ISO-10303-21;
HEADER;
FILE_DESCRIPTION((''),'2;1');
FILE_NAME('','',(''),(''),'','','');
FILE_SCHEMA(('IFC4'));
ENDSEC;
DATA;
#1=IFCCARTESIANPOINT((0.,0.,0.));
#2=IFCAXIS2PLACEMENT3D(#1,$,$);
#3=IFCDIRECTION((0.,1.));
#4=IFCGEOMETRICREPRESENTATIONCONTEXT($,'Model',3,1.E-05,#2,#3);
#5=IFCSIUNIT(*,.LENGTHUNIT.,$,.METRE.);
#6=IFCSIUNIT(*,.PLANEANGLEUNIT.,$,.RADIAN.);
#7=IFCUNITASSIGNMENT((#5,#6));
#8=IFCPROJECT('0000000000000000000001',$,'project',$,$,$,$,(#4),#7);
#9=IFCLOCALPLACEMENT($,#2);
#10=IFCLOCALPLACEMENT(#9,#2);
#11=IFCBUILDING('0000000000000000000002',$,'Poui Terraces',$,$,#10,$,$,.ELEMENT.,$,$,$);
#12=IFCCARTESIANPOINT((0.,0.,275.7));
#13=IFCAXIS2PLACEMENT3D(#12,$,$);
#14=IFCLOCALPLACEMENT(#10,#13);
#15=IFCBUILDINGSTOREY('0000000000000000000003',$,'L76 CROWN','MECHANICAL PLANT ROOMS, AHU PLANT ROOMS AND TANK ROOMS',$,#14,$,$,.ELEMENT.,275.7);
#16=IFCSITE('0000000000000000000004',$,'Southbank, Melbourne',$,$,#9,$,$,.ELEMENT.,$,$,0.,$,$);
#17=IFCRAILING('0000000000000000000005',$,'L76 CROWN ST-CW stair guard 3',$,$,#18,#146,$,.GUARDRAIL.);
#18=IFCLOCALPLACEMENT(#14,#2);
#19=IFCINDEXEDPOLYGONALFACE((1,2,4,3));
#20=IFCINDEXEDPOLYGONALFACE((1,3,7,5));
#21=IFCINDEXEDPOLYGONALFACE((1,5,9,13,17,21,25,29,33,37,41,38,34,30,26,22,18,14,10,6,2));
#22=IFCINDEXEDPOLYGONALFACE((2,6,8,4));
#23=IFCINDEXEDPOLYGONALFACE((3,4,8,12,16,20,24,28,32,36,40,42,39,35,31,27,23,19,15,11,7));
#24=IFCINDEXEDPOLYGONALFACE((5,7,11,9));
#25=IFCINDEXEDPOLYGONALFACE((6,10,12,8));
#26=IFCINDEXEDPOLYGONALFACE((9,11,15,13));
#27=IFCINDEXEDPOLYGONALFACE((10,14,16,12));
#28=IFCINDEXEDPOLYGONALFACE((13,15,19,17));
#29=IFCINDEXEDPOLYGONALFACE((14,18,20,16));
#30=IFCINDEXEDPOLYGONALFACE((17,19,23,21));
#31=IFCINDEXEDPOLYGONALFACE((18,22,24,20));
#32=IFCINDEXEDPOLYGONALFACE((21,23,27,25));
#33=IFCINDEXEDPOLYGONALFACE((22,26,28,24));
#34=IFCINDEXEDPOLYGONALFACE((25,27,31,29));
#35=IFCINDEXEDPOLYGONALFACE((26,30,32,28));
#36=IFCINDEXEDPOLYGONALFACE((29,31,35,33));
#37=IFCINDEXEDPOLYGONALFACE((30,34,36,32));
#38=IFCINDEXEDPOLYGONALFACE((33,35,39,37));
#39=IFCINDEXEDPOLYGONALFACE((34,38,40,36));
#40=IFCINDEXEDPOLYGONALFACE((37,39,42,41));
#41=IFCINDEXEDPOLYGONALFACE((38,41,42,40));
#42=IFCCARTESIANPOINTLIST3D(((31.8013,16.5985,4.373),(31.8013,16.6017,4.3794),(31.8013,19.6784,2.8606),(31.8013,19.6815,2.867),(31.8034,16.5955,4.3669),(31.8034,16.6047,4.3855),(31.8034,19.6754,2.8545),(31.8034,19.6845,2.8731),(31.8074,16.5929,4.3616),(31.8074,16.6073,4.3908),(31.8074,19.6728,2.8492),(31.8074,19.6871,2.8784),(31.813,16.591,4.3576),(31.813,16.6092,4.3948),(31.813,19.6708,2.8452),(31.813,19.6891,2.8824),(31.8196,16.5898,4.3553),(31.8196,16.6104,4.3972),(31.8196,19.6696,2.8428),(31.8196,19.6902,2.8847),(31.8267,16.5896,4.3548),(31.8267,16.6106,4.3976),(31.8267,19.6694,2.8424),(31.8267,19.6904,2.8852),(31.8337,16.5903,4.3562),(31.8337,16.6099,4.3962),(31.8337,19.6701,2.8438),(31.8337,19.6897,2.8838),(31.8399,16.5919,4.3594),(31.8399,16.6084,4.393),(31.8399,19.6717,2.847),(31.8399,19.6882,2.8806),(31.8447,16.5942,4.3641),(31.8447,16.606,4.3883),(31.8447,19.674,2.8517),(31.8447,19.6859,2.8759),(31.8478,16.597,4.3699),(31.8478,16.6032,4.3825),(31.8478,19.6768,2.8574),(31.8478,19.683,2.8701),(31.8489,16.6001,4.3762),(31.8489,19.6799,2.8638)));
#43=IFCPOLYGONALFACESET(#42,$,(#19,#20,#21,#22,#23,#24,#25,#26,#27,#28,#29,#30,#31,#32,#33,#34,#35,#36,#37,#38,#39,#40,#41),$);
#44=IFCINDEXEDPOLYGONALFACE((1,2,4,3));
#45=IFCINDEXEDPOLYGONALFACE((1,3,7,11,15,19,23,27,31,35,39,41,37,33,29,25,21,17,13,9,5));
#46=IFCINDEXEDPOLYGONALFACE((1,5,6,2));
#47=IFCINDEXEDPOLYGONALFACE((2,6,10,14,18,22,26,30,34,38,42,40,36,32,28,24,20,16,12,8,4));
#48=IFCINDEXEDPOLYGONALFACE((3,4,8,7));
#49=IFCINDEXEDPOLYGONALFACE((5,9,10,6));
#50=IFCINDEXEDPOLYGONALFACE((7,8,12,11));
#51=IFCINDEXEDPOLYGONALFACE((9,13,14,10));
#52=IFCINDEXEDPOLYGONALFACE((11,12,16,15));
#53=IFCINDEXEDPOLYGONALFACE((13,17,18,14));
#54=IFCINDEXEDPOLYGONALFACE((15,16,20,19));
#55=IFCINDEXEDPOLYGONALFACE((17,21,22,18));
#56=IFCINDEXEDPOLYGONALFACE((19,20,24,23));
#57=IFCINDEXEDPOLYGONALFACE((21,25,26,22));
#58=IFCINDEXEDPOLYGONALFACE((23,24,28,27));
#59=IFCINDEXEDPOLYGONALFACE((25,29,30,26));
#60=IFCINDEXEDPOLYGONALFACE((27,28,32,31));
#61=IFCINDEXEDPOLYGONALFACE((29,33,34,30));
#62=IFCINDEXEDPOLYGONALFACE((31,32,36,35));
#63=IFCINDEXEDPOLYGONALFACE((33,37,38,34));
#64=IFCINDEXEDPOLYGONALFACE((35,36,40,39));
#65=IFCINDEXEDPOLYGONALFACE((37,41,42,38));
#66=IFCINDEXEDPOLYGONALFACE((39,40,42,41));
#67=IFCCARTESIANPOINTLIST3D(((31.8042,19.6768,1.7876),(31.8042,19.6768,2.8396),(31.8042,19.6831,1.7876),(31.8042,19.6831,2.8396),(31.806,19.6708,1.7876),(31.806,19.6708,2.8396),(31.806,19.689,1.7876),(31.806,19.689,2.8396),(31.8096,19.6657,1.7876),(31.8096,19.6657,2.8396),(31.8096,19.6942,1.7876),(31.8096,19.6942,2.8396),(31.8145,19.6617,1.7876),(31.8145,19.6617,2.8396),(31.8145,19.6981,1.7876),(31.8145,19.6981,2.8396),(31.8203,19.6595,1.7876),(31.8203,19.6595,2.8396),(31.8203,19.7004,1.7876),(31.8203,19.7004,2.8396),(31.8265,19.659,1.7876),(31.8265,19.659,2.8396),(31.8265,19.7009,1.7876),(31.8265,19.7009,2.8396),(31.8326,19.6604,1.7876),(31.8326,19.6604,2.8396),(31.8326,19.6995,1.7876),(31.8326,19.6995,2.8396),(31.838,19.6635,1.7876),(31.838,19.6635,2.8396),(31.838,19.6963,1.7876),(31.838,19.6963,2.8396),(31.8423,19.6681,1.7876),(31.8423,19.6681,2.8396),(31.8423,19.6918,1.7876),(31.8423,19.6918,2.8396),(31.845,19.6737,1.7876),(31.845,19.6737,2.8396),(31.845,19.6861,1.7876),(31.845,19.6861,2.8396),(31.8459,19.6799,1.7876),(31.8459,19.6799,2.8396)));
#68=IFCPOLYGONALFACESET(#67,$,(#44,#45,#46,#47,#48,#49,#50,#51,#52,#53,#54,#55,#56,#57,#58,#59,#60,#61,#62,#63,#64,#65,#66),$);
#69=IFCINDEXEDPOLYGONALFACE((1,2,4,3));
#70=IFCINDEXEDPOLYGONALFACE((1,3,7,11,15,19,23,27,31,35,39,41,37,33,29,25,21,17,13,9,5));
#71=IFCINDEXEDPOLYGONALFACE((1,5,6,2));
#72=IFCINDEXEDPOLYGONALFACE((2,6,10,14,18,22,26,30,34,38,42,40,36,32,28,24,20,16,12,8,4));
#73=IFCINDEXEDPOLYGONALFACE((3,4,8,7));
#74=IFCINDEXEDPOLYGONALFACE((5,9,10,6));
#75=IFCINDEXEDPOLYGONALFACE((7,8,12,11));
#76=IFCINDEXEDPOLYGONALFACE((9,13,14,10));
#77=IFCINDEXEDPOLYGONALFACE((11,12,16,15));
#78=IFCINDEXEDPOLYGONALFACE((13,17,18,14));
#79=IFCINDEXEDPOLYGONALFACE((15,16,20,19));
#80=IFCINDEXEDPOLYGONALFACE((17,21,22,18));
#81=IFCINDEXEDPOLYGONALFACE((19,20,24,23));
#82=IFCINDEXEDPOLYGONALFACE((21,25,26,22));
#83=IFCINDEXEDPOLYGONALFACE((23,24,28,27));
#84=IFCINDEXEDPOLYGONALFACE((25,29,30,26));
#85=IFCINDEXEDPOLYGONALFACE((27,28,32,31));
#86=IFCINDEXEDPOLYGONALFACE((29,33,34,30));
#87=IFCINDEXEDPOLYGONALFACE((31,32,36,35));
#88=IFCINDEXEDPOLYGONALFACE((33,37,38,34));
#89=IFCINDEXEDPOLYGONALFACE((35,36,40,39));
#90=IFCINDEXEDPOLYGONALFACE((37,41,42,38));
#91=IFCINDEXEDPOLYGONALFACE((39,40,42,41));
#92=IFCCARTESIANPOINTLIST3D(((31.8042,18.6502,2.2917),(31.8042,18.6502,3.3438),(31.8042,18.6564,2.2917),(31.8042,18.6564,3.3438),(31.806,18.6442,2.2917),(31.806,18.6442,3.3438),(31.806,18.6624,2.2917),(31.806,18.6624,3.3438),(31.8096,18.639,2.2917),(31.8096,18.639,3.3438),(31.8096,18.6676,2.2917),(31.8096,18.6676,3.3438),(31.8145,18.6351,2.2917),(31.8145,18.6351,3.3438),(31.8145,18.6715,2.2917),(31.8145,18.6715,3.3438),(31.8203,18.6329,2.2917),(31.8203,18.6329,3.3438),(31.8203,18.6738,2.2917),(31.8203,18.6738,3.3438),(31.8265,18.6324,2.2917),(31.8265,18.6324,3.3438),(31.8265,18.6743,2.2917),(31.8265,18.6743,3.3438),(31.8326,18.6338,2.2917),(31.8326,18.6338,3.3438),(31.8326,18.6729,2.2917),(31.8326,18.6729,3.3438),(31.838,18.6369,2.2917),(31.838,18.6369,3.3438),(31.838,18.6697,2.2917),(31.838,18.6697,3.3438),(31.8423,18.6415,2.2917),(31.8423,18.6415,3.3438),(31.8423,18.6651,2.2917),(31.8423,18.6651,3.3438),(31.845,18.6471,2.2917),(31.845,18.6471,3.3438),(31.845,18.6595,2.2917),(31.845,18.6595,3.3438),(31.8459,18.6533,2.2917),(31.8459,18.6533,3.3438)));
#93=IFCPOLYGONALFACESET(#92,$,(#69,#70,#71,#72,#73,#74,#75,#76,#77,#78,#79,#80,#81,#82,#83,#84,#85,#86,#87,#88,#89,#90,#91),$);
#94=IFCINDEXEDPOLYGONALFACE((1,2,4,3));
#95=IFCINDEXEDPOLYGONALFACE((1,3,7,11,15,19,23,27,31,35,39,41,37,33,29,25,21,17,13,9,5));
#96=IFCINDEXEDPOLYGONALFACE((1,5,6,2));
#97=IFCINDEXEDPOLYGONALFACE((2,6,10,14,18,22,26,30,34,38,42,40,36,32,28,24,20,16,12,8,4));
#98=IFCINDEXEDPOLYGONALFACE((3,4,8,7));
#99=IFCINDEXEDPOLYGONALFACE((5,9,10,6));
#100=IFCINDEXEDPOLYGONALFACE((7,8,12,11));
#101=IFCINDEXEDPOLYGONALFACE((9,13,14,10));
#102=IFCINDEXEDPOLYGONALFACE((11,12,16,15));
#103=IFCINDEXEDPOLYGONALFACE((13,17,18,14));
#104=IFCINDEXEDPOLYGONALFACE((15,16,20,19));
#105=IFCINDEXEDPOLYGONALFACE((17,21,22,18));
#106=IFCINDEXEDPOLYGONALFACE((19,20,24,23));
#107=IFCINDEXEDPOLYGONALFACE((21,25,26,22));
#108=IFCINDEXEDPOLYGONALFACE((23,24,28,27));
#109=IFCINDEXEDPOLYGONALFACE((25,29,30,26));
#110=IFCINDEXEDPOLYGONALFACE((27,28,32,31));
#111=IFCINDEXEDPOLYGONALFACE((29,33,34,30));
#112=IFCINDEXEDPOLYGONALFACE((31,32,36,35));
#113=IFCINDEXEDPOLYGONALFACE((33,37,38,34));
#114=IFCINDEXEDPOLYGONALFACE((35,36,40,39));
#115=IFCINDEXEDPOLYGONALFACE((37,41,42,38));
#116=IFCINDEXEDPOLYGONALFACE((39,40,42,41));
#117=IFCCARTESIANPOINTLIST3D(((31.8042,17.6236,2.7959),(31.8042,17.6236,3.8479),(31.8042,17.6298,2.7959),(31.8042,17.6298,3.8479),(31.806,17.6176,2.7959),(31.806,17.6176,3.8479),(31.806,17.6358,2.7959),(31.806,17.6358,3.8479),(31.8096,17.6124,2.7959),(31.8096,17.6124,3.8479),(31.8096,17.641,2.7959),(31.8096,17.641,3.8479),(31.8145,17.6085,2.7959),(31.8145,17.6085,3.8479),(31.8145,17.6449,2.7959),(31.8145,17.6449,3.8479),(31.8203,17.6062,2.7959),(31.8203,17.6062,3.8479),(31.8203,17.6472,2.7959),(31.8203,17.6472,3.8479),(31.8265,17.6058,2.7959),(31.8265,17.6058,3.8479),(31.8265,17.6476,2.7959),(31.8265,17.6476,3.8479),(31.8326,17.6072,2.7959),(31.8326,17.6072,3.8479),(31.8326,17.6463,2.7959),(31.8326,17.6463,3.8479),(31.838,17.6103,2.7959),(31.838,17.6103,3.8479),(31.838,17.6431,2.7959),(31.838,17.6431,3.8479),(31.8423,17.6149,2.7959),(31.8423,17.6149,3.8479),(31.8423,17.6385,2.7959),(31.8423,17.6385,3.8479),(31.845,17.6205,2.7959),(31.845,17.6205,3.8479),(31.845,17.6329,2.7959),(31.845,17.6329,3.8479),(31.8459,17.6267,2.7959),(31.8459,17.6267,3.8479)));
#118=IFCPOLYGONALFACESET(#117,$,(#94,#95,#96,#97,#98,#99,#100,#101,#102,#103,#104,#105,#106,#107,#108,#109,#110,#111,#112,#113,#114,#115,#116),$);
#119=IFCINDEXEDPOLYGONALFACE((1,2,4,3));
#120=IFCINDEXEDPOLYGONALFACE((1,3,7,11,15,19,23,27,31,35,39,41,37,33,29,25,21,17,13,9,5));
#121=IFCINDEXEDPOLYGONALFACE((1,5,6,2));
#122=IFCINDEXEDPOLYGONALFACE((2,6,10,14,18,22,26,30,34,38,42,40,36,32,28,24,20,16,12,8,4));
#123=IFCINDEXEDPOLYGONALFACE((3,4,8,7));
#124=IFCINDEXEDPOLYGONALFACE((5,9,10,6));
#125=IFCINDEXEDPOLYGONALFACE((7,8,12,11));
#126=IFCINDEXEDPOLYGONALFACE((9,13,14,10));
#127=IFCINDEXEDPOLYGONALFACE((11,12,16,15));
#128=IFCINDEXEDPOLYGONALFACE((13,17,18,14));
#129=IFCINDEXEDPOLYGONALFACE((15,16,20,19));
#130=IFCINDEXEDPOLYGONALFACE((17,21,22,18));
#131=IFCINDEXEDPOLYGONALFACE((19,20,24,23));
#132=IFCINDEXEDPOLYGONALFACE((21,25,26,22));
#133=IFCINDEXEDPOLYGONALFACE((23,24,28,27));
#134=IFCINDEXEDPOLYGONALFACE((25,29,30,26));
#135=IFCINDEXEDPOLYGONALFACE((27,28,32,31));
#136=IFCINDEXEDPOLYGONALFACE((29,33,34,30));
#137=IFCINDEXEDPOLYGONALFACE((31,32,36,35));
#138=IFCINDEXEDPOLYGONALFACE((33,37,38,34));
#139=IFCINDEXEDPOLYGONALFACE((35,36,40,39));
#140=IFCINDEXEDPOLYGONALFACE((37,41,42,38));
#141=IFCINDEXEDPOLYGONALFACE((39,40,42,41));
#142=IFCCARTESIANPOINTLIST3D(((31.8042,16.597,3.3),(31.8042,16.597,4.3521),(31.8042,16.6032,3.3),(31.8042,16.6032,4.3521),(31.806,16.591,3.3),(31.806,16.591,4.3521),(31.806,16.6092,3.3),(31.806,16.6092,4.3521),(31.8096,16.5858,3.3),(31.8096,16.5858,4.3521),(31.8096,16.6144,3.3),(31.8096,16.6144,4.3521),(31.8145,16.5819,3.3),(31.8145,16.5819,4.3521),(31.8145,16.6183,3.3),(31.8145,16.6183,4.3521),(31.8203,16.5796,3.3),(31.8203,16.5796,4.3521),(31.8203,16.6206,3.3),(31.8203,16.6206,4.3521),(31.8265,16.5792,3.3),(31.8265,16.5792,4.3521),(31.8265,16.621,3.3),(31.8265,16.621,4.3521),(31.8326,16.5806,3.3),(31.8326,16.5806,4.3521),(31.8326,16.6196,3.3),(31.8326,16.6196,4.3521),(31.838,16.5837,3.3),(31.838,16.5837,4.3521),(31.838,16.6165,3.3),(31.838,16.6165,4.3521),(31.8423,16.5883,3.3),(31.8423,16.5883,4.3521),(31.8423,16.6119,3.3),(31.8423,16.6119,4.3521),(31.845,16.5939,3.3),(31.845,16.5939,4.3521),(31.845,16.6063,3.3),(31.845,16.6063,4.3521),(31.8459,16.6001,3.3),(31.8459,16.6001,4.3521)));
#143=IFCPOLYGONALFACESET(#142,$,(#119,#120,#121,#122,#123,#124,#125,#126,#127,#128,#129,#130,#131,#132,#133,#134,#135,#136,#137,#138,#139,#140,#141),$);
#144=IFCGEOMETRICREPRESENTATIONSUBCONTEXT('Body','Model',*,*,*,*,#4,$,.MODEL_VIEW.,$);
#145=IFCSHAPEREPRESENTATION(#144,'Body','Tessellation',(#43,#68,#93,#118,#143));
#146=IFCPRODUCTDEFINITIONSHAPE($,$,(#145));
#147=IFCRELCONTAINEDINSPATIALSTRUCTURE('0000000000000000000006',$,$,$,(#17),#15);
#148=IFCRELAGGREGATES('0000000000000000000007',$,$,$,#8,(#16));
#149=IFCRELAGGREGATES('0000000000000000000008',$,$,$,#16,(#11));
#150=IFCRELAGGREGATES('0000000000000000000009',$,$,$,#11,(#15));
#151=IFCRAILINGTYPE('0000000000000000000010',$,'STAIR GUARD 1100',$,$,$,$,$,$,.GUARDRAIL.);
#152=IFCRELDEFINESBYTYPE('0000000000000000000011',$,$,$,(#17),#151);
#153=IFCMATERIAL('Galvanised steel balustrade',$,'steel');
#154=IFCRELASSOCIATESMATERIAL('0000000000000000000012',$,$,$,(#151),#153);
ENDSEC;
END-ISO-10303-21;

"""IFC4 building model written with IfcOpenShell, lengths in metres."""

from ifc_helpers import new_model, si_unit, direction, frame, origin, origin_2d, place, context, subcontext, project, spatial, circle, extrude, material, type_object, element, save


model = new_model("IFC4")

# Units and contexts
model_context = context("Model", 3, precision=1e-05, world=origin(), true_north=direction((0.0, 1.0)))
body_context = subcontext(model_context, "Body", "Model", "MODEL_VIEW")
ifc_project = project(units=[si_unit("LENGTHUNIT", "METRE"), si_unit("PLANEANGLEUNIT", "RADIAN")], contexts=[model_context])

# Site, building, storey
site_placement = place(None, origin())
site = spatial("IfcSite", under=ifc_project, at=site_placement, Name="Southbank, Melbourne", CompositionType="ELEMENT", RefElevation=0.0)
building_placement = place(site_placement, origin())
building = spatial("IfcBuilding", under=site, at=building_placement, Name="Poui Terraces", CompositionType="ELEMENT")
storey_placement = place(building_placement, frame((0.0, 0.0, 275.7)))
storey = spatial("IfcBuildingStorey", under=building, at=storey_placement, Name="L76 CROWN", Description="MECHANICAL PLANT ROOMS, AHU PLANT ROOMS AND TANK ROOMS", CompositionType="ELEMENT", Elevation=275.7)

# Railing
ifc_material_1 = material(Name="Galvanised steel balustrade", Category="steel")
railing_type_1 = type_object("IfcRailingType", Name="STAIR GUARD 1100", PredefinedType="GUARDRAIL", material=ifc_material_1)
railing_1_placement = place(storey_placement, frame((31.825, 19.6799, 1.7876)))
element("IfcRailing", 1, at=railing_1_placement, inside=storey, type_object=railing_type_1, Name="L76 CROWN ST-CW stair guard 3", PredefinedType="GUARDRAIL", context=body_context, shape_type="SweptSolid", body=[
    extrude(circle(Radius=0.0239, at=origin_2d()), frame((0.0, 0.0, 1.0762), z_axis=(0.0, -0.897606, 0.440798), x_axis=(1.0, 0.0, 0.0)), (0.0, 0.0, 1.0), 3.4312),
    extrude(circle(Radius=0.021, at=origin_2d()), origin(), (0.0, 0.0, 1.0), 1.052),
    extrude(circle(Radius=0.021, at=origin_2d()), frame((0.0, -1.0266, 0.5042)), (0.0, 0.0, 1.0), 1.052),
    extrude(circle(Radius=0.021, at=origin_2d()), frame((0.0, -2.0532, 1.0083)), (0.0, 0.0, 1.0), 1.052),
    extrude(circle(Radius=0.021, at=origin_2d()), frame((0.0, -3.0798, 1.5125)), (0.0, 0.0, 1.0), 1.052),
])

save(model, "model.ifc")
